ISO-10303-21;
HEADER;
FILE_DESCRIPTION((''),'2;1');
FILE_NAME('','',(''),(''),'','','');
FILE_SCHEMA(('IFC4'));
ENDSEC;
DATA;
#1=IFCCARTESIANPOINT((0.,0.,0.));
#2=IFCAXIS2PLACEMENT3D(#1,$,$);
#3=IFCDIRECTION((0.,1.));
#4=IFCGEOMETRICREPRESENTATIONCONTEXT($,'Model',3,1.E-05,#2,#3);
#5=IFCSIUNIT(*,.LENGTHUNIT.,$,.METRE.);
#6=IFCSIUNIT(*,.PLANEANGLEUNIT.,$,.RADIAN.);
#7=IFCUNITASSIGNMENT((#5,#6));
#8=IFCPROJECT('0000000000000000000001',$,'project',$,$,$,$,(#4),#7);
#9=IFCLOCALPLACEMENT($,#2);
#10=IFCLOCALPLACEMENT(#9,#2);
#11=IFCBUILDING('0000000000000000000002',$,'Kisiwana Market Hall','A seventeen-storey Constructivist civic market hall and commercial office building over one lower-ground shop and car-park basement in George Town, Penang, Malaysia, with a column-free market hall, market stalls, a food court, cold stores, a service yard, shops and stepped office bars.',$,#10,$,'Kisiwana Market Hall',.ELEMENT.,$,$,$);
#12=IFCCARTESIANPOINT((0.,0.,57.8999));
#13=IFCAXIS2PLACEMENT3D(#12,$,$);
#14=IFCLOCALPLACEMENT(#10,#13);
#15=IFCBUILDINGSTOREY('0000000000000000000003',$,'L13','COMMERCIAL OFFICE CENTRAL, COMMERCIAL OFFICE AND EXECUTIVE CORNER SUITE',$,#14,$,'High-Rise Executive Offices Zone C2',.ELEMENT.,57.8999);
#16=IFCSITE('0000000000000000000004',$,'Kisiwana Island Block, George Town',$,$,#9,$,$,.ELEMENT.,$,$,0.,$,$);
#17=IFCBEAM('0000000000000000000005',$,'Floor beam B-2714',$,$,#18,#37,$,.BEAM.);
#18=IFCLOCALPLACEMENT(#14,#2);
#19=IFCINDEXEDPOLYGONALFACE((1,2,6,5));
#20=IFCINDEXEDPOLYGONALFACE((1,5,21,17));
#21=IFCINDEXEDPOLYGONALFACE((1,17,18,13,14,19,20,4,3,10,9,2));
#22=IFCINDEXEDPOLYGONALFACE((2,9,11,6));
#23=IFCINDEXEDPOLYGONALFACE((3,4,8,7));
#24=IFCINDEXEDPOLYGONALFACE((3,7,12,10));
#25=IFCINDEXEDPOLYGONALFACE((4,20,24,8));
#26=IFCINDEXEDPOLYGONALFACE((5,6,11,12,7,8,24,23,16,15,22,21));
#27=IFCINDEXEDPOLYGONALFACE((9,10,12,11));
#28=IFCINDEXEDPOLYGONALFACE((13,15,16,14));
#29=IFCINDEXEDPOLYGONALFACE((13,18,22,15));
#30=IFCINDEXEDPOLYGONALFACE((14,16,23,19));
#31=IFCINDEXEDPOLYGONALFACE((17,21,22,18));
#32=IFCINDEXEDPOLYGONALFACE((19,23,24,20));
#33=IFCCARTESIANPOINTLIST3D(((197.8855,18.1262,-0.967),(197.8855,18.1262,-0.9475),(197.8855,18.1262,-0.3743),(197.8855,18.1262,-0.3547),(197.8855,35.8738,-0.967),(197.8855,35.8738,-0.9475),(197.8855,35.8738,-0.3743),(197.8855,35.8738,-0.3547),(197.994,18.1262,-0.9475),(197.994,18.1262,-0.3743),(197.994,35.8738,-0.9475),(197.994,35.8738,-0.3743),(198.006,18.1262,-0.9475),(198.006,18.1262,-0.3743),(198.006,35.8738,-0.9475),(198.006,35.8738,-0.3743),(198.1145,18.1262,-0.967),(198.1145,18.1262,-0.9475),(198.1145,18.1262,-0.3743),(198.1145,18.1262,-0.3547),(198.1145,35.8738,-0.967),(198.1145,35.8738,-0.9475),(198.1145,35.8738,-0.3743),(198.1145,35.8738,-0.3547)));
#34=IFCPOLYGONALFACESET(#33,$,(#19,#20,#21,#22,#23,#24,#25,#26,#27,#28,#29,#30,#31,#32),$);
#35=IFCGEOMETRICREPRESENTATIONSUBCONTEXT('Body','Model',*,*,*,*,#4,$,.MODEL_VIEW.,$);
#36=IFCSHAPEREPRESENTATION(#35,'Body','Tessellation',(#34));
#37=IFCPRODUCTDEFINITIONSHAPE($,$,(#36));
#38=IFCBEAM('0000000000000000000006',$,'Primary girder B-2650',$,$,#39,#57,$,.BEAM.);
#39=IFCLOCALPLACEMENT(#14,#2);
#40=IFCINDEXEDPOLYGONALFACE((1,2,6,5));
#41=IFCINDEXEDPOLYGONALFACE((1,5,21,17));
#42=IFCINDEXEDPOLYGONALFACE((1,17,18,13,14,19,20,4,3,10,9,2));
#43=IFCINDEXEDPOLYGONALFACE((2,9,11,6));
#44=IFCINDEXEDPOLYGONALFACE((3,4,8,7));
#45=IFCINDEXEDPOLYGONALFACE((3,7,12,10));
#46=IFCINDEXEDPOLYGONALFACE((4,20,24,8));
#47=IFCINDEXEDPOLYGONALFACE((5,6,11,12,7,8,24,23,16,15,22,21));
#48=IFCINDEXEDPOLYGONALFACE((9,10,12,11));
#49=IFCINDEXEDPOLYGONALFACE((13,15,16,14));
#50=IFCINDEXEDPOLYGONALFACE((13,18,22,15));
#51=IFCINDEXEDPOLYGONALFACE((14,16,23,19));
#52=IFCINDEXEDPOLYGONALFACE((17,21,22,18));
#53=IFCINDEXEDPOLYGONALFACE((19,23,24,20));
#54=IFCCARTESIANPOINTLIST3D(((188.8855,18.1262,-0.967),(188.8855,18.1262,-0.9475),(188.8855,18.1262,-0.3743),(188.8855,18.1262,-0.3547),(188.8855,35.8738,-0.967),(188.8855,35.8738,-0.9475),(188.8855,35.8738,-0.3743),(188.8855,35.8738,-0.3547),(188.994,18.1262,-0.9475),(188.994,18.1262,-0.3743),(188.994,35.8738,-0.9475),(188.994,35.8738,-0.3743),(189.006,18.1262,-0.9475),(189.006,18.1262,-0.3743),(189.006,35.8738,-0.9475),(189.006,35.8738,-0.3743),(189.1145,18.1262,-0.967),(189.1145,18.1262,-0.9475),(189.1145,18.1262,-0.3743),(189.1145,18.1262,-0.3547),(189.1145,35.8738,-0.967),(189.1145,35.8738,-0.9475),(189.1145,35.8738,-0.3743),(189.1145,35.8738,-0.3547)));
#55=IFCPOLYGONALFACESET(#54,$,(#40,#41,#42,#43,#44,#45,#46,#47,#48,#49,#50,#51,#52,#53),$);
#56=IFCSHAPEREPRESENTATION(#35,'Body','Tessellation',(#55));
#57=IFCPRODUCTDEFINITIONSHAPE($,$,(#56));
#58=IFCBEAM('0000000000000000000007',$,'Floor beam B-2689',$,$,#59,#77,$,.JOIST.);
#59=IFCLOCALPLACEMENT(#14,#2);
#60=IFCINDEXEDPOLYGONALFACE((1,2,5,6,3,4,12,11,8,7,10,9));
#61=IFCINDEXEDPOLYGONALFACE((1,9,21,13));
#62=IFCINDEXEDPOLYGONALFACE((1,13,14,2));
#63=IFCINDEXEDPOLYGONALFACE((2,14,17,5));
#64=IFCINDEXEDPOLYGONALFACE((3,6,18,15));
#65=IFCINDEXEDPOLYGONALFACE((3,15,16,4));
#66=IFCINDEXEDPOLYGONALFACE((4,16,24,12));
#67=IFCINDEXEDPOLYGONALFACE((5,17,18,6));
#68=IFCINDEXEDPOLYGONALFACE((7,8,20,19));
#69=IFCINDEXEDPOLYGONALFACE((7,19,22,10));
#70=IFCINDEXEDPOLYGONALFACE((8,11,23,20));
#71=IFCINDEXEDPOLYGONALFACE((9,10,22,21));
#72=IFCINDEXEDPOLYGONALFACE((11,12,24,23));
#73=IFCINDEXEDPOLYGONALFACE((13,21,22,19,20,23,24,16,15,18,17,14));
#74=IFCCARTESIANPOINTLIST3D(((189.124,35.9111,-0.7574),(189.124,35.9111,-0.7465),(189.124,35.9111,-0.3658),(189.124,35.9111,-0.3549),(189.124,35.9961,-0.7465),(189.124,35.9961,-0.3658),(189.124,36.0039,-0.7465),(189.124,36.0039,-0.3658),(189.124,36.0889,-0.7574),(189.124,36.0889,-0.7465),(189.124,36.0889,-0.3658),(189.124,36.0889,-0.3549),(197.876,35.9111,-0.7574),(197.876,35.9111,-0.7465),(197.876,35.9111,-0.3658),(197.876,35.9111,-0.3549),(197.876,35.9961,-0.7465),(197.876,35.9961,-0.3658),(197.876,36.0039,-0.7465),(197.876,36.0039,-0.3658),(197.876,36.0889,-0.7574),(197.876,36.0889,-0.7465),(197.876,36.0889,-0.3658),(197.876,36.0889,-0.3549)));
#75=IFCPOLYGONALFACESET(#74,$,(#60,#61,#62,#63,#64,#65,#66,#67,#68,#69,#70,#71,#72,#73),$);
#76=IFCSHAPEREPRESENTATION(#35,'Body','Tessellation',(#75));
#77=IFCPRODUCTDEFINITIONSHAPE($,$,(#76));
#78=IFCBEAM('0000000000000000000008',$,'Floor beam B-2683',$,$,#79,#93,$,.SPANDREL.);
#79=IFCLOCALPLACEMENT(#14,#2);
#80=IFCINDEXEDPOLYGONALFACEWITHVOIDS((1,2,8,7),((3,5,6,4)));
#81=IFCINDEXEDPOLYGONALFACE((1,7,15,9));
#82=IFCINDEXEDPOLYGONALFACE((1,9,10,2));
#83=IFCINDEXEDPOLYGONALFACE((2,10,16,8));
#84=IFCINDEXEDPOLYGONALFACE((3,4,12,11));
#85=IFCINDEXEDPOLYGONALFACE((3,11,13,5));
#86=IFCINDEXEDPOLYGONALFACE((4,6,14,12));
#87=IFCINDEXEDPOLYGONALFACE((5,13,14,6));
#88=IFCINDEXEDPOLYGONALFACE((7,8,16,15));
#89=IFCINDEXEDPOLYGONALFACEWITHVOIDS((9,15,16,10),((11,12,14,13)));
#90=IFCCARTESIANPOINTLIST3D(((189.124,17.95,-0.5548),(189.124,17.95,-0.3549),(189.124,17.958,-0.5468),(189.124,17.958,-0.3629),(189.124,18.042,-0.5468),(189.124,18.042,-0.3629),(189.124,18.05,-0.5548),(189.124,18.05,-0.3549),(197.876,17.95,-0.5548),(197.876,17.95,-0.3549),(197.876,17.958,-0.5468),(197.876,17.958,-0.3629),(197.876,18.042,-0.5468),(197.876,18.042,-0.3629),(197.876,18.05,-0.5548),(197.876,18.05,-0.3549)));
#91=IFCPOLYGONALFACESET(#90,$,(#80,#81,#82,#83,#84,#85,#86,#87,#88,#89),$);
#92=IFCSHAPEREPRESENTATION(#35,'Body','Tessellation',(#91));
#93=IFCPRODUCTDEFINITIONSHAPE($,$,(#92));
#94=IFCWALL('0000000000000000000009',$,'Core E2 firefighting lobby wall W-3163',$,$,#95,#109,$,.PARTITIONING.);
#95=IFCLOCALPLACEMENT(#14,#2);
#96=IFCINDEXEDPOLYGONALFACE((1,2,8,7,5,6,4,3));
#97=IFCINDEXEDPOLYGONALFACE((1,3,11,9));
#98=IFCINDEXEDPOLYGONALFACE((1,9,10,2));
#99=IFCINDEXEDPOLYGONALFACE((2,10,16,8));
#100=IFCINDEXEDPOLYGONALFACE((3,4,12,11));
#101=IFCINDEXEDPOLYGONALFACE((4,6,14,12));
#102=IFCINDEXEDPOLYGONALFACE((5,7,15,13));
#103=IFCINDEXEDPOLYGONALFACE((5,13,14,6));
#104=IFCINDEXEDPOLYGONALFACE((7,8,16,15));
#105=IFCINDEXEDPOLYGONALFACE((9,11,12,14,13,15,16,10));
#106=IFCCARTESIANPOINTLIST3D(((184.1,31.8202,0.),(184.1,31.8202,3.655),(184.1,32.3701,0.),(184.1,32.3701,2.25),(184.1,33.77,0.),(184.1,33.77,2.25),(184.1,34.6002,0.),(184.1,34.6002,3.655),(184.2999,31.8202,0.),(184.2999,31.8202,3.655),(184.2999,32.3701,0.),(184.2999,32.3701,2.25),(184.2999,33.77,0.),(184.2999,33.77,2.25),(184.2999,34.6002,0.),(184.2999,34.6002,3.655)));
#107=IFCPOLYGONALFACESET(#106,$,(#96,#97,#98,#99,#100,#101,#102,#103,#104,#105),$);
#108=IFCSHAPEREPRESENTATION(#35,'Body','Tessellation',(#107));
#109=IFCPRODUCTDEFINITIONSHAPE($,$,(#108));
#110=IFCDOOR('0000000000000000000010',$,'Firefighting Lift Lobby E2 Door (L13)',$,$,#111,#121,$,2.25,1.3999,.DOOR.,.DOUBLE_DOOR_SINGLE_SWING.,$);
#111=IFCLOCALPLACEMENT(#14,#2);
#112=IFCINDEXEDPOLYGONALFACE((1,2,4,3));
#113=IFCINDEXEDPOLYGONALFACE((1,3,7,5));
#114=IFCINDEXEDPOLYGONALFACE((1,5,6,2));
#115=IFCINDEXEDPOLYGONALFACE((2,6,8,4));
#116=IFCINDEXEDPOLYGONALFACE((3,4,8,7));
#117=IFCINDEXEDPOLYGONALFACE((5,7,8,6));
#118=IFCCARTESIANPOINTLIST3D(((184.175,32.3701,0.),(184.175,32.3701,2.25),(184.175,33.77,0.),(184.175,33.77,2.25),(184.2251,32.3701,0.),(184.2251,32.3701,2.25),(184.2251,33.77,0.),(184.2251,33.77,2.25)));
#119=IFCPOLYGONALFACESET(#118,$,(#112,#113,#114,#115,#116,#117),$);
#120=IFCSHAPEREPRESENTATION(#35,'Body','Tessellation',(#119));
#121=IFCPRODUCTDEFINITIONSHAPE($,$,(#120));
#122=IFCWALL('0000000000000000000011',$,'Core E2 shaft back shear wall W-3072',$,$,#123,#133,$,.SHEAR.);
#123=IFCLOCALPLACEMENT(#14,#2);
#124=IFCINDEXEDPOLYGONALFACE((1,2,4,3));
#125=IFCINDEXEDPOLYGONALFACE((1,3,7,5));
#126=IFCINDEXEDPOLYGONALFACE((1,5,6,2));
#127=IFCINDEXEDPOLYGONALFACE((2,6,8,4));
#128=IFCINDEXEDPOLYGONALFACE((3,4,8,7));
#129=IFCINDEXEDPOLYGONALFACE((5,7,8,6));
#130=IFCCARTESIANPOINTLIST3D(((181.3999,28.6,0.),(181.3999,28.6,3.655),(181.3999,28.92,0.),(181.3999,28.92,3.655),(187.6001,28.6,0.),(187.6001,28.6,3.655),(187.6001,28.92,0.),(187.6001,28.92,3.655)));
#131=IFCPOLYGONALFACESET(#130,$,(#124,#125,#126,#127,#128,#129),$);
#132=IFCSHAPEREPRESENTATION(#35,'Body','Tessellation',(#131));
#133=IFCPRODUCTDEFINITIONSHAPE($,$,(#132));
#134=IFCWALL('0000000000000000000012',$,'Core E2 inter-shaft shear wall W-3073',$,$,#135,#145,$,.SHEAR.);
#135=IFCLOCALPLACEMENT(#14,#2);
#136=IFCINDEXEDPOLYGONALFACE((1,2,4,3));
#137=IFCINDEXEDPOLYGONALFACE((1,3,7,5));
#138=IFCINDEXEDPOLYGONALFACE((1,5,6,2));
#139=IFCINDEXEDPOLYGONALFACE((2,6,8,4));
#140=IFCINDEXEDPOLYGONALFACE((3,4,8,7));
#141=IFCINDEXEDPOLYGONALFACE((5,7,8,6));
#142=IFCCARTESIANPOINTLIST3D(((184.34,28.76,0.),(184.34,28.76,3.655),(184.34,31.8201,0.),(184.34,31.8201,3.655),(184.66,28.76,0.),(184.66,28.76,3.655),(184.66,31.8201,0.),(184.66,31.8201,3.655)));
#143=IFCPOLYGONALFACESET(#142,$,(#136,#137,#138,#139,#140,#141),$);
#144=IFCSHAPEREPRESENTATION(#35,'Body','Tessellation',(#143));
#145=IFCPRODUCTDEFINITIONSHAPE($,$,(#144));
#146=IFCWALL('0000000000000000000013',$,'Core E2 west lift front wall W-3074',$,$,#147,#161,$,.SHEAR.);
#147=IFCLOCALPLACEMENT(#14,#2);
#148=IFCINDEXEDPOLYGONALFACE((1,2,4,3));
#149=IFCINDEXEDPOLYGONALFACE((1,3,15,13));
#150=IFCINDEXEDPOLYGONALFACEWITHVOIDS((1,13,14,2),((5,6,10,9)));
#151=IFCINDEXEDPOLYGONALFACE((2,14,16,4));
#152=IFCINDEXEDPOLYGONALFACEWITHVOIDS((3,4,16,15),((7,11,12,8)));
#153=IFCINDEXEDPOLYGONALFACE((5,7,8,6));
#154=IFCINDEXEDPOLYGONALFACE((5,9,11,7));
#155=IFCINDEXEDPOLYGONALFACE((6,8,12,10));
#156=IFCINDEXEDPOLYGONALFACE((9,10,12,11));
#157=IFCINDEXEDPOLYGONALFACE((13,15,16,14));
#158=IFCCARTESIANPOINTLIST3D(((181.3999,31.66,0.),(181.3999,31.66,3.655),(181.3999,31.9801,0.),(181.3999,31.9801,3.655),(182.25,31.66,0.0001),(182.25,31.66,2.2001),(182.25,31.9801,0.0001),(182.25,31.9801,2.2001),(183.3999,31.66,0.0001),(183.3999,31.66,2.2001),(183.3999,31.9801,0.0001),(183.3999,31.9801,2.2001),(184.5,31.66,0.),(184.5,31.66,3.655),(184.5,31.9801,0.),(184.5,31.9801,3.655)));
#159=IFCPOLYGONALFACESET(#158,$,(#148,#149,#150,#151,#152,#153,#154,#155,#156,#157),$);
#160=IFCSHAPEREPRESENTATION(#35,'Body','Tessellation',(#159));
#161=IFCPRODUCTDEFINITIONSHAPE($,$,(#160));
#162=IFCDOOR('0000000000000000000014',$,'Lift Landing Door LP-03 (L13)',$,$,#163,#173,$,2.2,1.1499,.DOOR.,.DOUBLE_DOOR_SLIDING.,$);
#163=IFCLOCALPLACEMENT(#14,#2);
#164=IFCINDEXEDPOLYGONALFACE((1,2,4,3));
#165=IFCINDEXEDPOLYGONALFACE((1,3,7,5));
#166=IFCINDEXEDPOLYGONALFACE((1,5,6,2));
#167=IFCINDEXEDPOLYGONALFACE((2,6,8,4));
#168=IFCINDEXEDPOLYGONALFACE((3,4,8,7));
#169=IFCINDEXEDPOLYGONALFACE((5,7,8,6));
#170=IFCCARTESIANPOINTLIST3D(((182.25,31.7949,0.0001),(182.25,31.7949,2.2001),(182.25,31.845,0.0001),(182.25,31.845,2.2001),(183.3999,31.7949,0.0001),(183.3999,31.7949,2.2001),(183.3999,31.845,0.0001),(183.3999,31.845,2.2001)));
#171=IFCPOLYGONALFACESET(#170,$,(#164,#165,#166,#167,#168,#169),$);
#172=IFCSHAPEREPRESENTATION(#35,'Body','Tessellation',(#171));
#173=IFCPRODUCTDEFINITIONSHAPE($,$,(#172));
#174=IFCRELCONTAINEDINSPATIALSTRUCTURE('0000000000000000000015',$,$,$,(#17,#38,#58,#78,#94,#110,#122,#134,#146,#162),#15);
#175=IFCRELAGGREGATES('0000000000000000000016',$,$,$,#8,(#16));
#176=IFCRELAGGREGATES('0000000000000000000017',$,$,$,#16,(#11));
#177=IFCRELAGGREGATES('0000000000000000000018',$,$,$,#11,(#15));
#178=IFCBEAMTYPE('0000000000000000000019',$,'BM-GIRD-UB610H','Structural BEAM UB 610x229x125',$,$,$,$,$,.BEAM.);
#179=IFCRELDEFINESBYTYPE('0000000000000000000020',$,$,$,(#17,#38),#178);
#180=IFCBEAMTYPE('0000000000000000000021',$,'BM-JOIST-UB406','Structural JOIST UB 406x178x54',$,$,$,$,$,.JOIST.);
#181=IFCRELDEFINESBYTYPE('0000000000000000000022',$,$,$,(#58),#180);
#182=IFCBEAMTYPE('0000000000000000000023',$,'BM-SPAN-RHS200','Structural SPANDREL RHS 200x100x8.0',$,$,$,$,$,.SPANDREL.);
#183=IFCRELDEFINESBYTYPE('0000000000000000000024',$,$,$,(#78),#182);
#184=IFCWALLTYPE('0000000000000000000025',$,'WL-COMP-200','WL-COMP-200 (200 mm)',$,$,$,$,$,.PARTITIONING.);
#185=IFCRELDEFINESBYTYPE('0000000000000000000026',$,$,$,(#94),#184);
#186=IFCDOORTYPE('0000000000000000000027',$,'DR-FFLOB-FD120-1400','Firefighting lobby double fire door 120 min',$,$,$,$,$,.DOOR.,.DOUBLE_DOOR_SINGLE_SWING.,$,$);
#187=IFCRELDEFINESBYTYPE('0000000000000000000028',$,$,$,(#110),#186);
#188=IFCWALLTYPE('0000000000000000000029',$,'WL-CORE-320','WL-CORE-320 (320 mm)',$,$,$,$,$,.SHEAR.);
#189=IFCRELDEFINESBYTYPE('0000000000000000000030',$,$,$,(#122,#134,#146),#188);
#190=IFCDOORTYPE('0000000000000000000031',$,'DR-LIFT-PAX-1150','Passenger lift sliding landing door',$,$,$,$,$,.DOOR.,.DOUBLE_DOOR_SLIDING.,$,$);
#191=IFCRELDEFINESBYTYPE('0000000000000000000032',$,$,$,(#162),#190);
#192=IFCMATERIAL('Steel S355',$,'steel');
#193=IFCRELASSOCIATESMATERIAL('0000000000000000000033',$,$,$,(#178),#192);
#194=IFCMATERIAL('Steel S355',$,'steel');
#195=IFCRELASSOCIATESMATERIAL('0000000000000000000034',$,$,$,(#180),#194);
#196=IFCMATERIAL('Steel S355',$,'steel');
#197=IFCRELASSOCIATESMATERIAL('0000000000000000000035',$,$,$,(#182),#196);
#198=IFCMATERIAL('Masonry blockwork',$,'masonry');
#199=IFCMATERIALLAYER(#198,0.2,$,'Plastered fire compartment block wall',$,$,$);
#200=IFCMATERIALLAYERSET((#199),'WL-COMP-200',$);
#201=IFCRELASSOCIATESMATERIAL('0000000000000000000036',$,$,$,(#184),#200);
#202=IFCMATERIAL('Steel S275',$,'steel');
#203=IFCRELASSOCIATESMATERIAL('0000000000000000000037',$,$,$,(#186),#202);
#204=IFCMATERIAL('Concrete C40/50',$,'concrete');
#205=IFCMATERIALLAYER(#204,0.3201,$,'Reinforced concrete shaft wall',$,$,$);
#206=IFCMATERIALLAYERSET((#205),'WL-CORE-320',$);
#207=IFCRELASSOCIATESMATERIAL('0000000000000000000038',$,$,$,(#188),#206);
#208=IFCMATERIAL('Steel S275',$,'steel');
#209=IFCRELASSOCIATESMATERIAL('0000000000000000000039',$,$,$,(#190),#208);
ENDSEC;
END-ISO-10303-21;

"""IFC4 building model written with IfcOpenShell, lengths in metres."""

from ifc_helpers import new_model, si_unit, direction, frame, frame_2d, origin, origin_2d, place, context, subcontext, project, spatial, rectangle, hollow_rectangle, i_section, extrude, material, layer, layer_set, material_profile, profile_set, type_object, element, fill, save


model = new_model("IFC4")

# Units and contexts
model_context = context("Model", 3, precision=1e-05, world=origin(), true_north=direction((0.0, 1.0)))
body_context = subcontext(model_context, "Body", "Model", "MODEL_VIEW")
ifc_project = project(units=[si_unit("LENGTHUNIT", "METRE"), si_unit("PLANEANGLEUNIT", "RADIAN")], contexts=[model_context])

# Site, building, storey
site_placement = place(None, origin())
site = spatial("IfcSite", under=ifc_project, at=site_placement, Name="Kisiwana Island Block, George Town", CompositionType="ELEMENT", RefElevation=0.0)
building_placement = place(site_placement, origin())
building = spatial("IfcBuilding", under=site, at=building_placement, Name="Kisiwana Market Hall", Description="A seventeen-storey Constructivist civic market hall and commercial office building over one lower-ground shop and car-park basement in George Town, Penang, Malaysia, with a column-free market hall, market stalls, a food court, cold stores, a service yard, shops and stepped office bars.", LongName="Kisiwana Market Hall", CompositionType="ELEMENT")
storey_placement = place(building_placement, frame((0.0, 0.0, 57.8999)))
storey = spatial("IfcBuildingStorey", under=building, at=storey_placement, Name="L13", Description="COMMERCIAL OFFICE CENTRAL, COMMERCIAL OFFICE AND EXECUTIVE CORNER SUITE", LongName="High-Rise Executive Offices Zone C2", CompositionType="ELEMENT", Elevation=57.8999)

# Beams
ifc_material_1 = material(Name="Steel S355", Category="steel")
ifc_material_profile_1 = material_profile(ifc_material_1, i_section(OverallWidth=0.229, OverallDepth=0.6123, WebThickness=0.012, FlangeThickness=0.0195, at=origin_2d()), Name="UB 610x229x125")
ifc_profile_set_1 = profile_set([ifc_material_profile_1], Name="Steel S355")
beam_type_1 = type_object("IfcBeamType", Name="BM-GIRD-UB610H", Description="Structural BEAM UB 610x229x125", PredefinedType="BEAM", material=ifc_profile_set_1)
for number, where, z_axis, x_axis, name in (
    (1, (198.0, 18.1262, -0.6609), (0.0, 1.0, 0.0), (-1.0, 0.0, 0.0), "Floor beam B-2714"),
    (2, (189.0, 18.1262, -0.6609), (0.0, 1.0, 0.0), (-1.0, 0.0, 0.0), "Primary girder B-2650"),
):
    element("IfcBeam", number, at=place(storey_placement, frame(where, z_axis=z_axis, x_axis=x_axis)), inside=storey, type_object=beam_type_1, Name=name, PredefinedType="BEAM", context=body_context, shape_type="SweptSolid", body=[
        extrude(i_section(OverallWidth=0.229, OverallDepth=0.6123, WebThickness=0.012, FlangeThickness=0.0195, at=origin_2d()), origin(), (0.0, 0.0, 1.0), 17.7476),
    ])
ifc_material_2 = material(Name="Steel S355", Category="steel")
ifc_material_profile_2 = material_profile(ifc_material_2, i_section(OverallWidth=0.1777, OverallDepth=0.4026, WebThickness=0.0078, FlangeThickness=0.011, at=origin_2d()), Name="UB 406x178x54")
ifc_profile_set_2 = profile_set([ifc_material_profile_2], Name="Steel S355")
beam_type_2 = type_object("IfcBeamType", Name="BM-JOIST-UB406", Description="Structural JOIST UB 406x178x54", PredefinedType="JOIST", material=ifc_profile_set_2)
beam_1_placement = place(storey_placement, frame((189.124, 36.0, -0.5562), z_axis=(1.0, 0.0, 0.0), x_axis=(0.0, 1.0, 0.0)))
element("IfcBeam", 3, at=beam_1_placement, inside=storey, type_object=beam_type_2, Name="Floor beam B-2689", PredefinedType="JOIST", context=body_context, shape_type="SweptSolid", body=[
    extrude(i_section(OverallWidth=0.1777, OverallDepth=0.4026, WebThickness=0.0078, FlangeThickness=0.011, at=origin_2d()), origin(), (0.0, 0.0, 1.0), 8.752),
])
ifc_material_3 = material(Name="Steel S355", Category="steel")
ifc_material_profile_3 = material_profile(ifc_material_3, hollow_rectangle(XDim=0.1001, YDim=0.2, WallThickness=0.0081, at=origin_2d()), Name="RHS 200x100x8.0")
ifc_profile_set_3 = profile_set([ifc_material_profile_3], Name="Steel S355")
beam_type_3 = type_object("IfcBeamType", Name="BM-SPAN-RHS200", Description="Structural SPANDREL RHS 200x100x8.0", PredefinedType="SPANDREL", material=ifc_profile_set_3)
beam_2_placement = place(storey_placement, frame((189.124, 18.0, -0.4548), z_axis=(1.0, 0.0, 0.0), x_axis=(0.0, 1.0, 0.0)))
element("IfcBeam", 4, at=beam_2_placement, inside=storey, type_object=beam_type_3, Name="Floor beam B-2683", PredefinedType="SPANDREL", context=body_context, shape_type="SweptSolid", body=[
    extrude(hollow_rectangle(XDim=0.1001, YDim=0.2, WallThickness=0.0081, at=origin_2d()), origin(), (0.0, 0.0, 1.0), 8.752),
])

# Wall, opening, door
ifc_material_4 = material(Name="Masonry blockwork", Category="masonry")
ifc_layer_1 = layer(ifc_material_4, 0.2, Name="Plastered fire compartment block wall")
ifc_layer_set_1 = layer_set([ifc_layer_1], Name="WL-COMP-200")
wall_type_1 = type_object("IfcWallType", Name="WL-COMP-200", Description="WL-COMP-200 (200 mm)", PredefinedType="PARTITIONING", material=ifc_layer_set_1)
wall_1_placement = place(storey_placement, frame((184.2, 31.8201, 0.0), z_axis=(0.0, 0.0, 1.0), x_axis=(0.0, 1.0, 0.0)))
wall_1 = element("IfcWall", 5, at=wall_1_placement, inside=storey, type_object=wall_type_1, Name="Core E2 firefighting lobby wall W-3163", PredefinedType="PARTITIONING", context=body_context, shape_type="SweptSolid", body=[
    extrude(rectangle(XDim=2.78, YDim=0.2, at=frame_2d((1.3901, 0.0))), origin(), (0.0, 0.0, 1.0), 3.655),
])
opening_1_placement = place(wall_1_placement, frame((0.55, 0.0, 0.0)))
opening_1 = element("IfcOpeningElement", 6, at=opening_1_placement, cuts=wall_1, PredefinedType="OPENING", context=body_context, shape_type="SweptSolid", body=[
    extrude(rectangle(XDim=1.3999, YDim=2.25, at=frame_2d((0.7, 1.125))), frame((0.0, 0.1118, 0.0), z_axis=(0.0, -1.0, 0.0), x_axis=(1.0, 0.0, 0.0)), (0.0, 0.0, 1.0), 0.2239),
])
ifc_material_5 = material(Name="Steel S275", Category="steel")
door_type_1 = type_object("IfcDoorType", Name="DR-FFLOB-FD120-1400", Description="Firefighting lobby double fire door 120 min", OperationType="DOUBLE_DOOR_SINGLE_SWING", PredefinedType="DOOR", material=ifc_material_5)
door_1_placement = place(opening_1_placement, origin())
door_1 = element("IfcDoor", 7, at=door_1_placement, inside=storey, type_object=door_type_1, Name="Firefighting Lift Lobby E2 Door (L13)", OperationType="DOUBLE_DOOR_SINGLE_SWING", OverallHeight=2.25, OverallWidth=1.3999, PredefinedType="DOOR", context=body_context, shape_type="SweptSolid", body=[
    extrude(rectangle(XDim=1.3999, YDim=2.25, at=frame_2d((0.7, 1.125))), frame((0.0, 0.0249, 0.0), z_axis=(0.0, -1.0, 0.0), x_axis=(1.0, 0.0, 0.0)), (0.0, 0.0, 1.0), 0.05),
])
fill(opening_1, door_1)

# Walls
ifc_material_6 = material(Name="Concrete C40/50", Category="concrete")
ifc_layer_2 = layer(ifc_material_6, 0.3201, Name="Reinforced concrete shaft wall")
ifc_layer_set_2 = layer_set([ifc_layer_2], Name="WL-CORE-320")
wall_type_2 = type_object("IfcWallType", Name="WL-CORE-320", Description="WL-CORE-320 (320 mm)", PredefinedType="SHEAR", material=ifc_layer_set_2)
wall_2_placement = place(storey_placement, frame((181.3999, 28.76, 0.0), z_axis=(0.0, 0.0, 1.0), x_axis=(1.0, 0.0, 0.0)))
element("IfcWall", 8, at=wall_2_placement, inside=storey, type_object=wall_type_2, Name="Core E2 shaft back shear wall W-3072", PredefinedType="SHEAR", context=body_context, shape_type="SweptSolid", body=[
    extrude(rectangle(XDim=6.2002, YDim=0.3201, at=frame_2d((3.1001, 0.0))), origin(), (0.0, 0.0, 1.0), 3.655),
])
wall_3_placement = place(storey_placement, frame((184.5, 28.76, 0.0), z_axis=(0.0, 0.0, 1.0), x_axis=(0.0, 1.0, 0.0)))
element("IfcWall", 9, at=wall_3_placement, inside=storey, type_object=wall_type_2, Name="Core E2 inter-shaft shear wall W-3073", PredefinedType="SHEAR", context=body_context, shape_type="SweptSolid", body=[
    extrude(rectangle(XDim=3.0601, YDim=0.3201, at=frame_2d((1.53, 0.0))), origin(), (0.0, 0.0, 1.0), 3.655),
])

# Wall, opening, door
wall_4_placement = place(storey_placement, frame((181.3999, 31.8201, 0.0), z_axis=(0.0, 0.0, 1.0), x_axis=(1.0, 0.0, 0.0)))
wall_4 = element("IfcWall", 10, at=wall_4_placement, inside=storey, type_object=wall_type_2, Name="Core E2 west lift front wall W-3074", PredefinedType="SHEAR", context=body_context, shape_type="SweptSolid", body=[
    extrude(rectangle(XDim=3.1001, YDim=0.3201, at=frame_2d((1.55, 0.0))), origin(), (0.0, 0.0, 1.0), 3.655),
])
opening_2_placement = place(wall_4_placement, frame((0.8501, 0.0, 0.0)))
opening_2 = element("IfcOpeningElement", 11, at=opening_2_placement, cuts=wall_4, PredefinedType="OPENING", context=body_context, shape_type="SweptSolid", body=[
    extrude(rectangle(XDim=1.1499, YDim=2.2, at=frame_2d((0.575, 1.1001))), frame((0.0, 0.1719, 0.0), z_axis=(0.0, -1.0, 0.0), x_axis=(1.0, 0.0, 0.0)), (0.0, 0.0, 1.0), 0.344),
])
ifc_material_7 = material(Name="Steel S275", Category="steel")
door_type_2 = type_object("IfcDoorType", Name="DR-LIFT-PAX-1150", Description="Passenger lift sliding landing door", OperationType="DOUBLE_DOOR_SLIDING", PredefinedType="DOOR", material=ifc_material_7)
door_2_placement = place(opening_2_placement, origin())
door_2 = element("IfcDoor", 12, at=door_2_placement, inside=storey, type_object=door_type_2, Name="Lift Landing Door LP-03 (L13)", OperationType="DOUBLE_DOOR_SLIDING", OverallHeight=2.2, OverallWidth=1.1499, PredefinedType="DOOR", context=body_context, shape_type="SweptSolid", body=[
    extrude(rectangle(XDim=1.1499, YDim=2.2, at=frame_2d((0.575, 1.1001))), frame((0.0, 0.0249, 0.0), z_axis=(0.0, -1.0, 0.0), x_axis=(1.0, 0.0, 0.0)), (0.0, 0.0, 1.0), 0.05),
])
fill(opening_2, door_2)

save(model, "model.ifc")
